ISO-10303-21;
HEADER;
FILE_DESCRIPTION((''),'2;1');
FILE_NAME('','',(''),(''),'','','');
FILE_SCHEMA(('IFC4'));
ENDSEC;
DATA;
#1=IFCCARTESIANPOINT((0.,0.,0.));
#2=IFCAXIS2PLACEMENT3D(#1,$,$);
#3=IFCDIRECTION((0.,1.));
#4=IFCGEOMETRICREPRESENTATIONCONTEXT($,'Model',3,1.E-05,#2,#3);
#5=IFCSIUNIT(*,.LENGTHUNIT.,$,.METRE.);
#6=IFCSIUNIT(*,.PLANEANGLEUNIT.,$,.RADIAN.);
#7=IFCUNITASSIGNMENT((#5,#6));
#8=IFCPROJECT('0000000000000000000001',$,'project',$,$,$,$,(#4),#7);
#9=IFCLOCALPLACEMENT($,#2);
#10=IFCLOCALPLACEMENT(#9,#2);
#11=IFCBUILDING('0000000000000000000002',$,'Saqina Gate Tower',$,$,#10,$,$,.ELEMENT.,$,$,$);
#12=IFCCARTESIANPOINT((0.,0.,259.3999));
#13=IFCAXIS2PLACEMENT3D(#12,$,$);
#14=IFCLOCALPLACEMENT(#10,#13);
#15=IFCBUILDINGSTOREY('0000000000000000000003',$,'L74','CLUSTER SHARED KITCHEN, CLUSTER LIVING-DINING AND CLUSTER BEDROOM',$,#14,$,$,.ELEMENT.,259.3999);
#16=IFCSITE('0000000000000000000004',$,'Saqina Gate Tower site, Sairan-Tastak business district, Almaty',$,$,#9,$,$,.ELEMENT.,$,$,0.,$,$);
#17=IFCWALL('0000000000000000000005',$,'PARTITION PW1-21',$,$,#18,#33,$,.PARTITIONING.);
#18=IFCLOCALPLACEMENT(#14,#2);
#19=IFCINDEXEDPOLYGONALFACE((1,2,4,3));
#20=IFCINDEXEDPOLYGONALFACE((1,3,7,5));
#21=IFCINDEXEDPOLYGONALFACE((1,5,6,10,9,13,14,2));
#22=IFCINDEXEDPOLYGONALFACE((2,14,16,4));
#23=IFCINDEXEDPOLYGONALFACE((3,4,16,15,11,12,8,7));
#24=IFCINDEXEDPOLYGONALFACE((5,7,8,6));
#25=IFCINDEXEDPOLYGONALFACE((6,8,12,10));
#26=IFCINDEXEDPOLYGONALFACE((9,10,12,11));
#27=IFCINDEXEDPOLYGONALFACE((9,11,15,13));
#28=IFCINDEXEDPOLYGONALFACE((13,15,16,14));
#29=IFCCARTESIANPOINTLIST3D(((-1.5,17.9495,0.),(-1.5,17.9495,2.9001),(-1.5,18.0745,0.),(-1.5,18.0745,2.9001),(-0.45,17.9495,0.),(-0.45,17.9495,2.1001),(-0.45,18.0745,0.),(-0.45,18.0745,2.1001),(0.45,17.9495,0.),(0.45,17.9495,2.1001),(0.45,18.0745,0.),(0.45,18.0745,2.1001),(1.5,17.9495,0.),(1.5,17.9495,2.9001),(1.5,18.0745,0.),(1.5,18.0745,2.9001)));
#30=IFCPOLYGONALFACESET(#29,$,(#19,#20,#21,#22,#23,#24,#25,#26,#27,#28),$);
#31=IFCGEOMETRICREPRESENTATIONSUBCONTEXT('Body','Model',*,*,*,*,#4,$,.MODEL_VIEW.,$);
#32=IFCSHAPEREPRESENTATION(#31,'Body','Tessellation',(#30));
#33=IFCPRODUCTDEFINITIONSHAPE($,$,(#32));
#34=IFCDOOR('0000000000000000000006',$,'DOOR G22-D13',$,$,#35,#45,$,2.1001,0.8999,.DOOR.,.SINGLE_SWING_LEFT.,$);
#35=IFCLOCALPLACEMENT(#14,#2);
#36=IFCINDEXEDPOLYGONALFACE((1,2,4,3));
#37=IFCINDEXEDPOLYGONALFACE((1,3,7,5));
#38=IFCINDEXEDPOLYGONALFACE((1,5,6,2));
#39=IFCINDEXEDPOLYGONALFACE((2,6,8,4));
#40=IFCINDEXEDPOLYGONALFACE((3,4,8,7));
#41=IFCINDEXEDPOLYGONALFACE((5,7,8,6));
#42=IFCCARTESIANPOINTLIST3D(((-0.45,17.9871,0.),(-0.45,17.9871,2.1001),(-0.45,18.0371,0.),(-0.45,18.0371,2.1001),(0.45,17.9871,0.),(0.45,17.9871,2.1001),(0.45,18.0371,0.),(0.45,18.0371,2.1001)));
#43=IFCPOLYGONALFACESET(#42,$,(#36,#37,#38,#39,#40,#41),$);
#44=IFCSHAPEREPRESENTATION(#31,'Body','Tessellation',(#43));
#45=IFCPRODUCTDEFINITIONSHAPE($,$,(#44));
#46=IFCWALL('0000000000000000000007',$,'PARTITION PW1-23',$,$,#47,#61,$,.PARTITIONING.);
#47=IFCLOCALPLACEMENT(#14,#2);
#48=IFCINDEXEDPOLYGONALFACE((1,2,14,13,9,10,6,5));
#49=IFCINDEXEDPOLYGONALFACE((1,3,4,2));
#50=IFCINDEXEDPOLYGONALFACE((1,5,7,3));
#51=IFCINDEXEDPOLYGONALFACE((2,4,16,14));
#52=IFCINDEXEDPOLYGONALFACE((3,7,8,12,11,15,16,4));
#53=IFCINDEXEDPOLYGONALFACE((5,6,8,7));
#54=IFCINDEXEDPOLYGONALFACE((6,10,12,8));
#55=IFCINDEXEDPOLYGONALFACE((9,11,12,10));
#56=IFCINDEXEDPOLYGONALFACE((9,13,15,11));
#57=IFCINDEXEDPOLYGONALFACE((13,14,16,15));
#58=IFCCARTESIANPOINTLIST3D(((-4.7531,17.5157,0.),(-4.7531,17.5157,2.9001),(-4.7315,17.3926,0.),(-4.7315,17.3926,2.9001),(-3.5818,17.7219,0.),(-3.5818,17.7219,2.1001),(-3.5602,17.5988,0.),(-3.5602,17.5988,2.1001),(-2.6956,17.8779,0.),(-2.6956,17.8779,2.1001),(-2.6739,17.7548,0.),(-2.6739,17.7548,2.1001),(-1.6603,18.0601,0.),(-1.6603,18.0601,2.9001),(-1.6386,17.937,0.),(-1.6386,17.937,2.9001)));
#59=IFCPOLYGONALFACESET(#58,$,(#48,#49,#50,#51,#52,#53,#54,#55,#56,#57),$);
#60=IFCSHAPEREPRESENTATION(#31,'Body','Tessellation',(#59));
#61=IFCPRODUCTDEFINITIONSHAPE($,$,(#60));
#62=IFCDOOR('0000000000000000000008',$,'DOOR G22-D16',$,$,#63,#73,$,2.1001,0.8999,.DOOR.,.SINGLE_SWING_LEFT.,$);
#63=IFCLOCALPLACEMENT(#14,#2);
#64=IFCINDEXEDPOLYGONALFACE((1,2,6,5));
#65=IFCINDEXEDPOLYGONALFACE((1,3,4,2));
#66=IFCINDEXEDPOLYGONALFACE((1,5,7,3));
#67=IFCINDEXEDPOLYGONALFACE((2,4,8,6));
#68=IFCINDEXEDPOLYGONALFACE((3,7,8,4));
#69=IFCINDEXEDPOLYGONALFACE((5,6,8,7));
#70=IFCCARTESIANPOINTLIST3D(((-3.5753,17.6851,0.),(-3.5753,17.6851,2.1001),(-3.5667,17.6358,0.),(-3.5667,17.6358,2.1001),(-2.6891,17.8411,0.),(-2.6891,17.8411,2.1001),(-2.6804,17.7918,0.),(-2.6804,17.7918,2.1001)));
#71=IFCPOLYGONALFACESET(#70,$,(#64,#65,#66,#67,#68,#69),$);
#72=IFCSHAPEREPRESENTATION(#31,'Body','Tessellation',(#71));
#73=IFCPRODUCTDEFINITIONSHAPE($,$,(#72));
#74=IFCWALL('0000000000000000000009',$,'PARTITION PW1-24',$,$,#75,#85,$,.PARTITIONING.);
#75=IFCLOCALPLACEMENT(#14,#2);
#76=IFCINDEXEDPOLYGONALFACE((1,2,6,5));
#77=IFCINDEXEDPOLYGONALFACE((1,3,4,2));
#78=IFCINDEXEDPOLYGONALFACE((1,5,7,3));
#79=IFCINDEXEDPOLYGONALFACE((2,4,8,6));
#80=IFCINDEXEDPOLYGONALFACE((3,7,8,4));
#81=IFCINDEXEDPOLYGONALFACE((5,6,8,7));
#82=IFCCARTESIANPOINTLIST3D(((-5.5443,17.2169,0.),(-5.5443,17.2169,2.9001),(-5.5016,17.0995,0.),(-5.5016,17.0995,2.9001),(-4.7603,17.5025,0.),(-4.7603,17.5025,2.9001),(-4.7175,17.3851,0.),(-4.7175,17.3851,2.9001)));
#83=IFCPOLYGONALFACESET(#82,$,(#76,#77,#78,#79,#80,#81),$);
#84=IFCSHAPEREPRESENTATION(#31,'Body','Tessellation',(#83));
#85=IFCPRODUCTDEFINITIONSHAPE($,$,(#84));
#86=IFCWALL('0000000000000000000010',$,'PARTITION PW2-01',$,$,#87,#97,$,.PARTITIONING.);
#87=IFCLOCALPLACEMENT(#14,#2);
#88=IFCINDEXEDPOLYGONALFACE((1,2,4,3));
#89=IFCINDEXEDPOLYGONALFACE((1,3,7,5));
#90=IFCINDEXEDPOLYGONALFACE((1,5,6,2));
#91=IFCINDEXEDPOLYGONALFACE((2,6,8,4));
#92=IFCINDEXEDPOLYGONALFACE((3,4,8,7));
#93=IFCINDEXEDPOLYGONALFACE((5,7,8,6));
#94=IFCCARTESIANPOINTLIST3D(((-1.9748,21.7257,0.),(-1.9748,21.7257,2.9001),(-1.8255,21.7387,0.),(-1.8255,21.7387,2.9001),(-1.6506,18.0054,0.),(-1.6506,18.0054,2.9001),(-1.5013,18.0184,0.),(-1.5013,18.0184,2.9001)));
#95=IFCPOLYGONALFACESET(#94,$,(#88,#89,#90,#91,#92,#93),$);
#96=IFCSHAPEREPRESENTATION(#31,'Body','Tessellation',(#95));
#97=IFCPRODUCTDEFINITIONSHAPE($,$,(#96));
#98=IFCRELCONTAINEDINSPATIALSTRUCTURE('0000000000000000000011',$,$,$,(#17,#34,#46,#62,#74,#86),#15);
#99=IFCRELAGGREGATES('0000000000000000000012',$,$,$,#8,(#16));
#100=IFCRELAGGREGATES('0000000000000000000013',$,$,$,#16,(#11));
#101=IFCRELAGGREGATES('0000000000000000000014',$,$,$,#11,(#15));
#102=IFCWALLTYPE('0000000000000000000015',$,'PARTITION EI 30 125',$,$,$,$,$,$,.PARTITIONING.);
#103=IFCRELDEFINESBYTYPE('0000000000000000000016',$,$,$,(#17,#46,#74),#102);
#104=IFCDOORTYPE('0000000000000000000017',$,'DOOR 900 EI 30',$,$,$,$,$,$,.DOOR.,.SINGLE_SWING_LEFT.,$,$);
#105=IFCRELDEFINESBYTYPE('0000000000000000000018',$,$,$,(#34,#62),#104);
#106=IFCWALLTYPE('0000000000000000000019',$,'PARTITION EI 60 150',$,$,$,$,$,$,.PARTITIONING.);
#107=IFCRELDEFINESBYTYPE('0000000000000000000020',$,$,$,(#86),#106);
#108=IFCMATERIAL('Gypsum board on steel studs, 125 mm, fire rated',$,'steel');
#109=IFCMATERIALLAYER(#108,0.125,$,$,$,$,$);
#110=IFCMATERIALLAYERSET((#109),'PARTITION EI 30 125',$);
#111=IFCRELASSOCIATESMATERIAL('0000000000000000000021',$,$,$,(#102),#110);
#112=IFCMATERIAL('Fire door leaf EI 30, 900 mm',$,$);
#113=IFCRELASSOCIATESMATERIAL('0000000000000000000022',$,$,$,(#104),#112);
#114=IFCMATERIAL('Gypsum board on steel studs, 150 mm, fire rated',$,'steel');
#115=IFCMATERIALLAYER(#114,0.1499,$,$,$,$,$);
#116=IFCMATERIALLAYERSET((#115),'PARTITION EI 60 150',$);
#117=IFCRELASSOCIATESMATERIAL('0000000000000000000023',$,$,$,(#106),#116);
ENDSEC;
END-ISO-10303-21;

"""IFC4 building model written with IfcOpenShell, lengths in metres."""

from ifc_helpers import new_model, si_unit, direction, frame, frame_2d, origin, place, context, subcontext, project, spatial, rectangle, extrude, material, layer, layer_set, type_object, element, fill, save


model = new_model("IFC4")

# Units and contexts
model_context = context("Model", 3, precision=1e-05, world=origin(), true_north=direction((0.0, 1.0)))
body_context = subcontext(model_context, "Body", "Model", "MODEL_VIEW")
ifc_project = project(units=[si_unit("LENGTHUNIT", "METRE"), si_unit("PLANEANGLEUNIT", "RADIAN")], contexts=[model_context])

# Site, building, storey
site_placement = place(None, origin())
site = spatial("IfcSite", under=ifc_project, at=site_placement, Name="Saqina Gate Tower site, Sairan-Tastak business district, Almaty", CompositionType="ELEMENT", RefElevation=0.0)
building_placement = place(site_placement, origin())
building = spatial("IfcBuilding", under=site, at=building_placement, Name="Saqina Gate Tower", CompositionType="ELEMENT")
storey_placement = place(building_placement, frame((0.0, 0.0, 259.3999)))
storey = spatial("IfcBuildingStorey", under=building, at=storey_placement, Name="L74", Description="CLUSTER SHARED KITCHEN, CLUSTER LIVING-DINING AND CLUSTER BEDROOM", CompositionType="ELEMENT", Elevation=259.3999)

# Walls, openings, doors
ifc_material_1 = material(Name="Gypsum board on steel studs, 125 mm, fire rated", Category="steel")
ifc_layer_1 = layer(ifc_material_1, 0.125)
ifc_layer_set_1 = layer_set([ifc_layer_1], Name="PARTITION EI 30 125")
wall_type_1 = type_object("IfcWallType", Name="PARTITION EI 30 125", PredefinedType="PARTITIONING", material=ifc_layer_set_1)
wall_1_placement = place(storey_placement, frame((-1.5, 18.012, 0.0), z_axis=(0.0, 0.0, 1.0), x_axis=(1.0, 0.0, 0.0)))
wall_1 = element("IfcWall", 1, at=wall_1_placement, inside=storey, type_object=wall_type_1, Name="PARTITION PW1-21", PredefinedType="PARTITIONING", context=body_context, shape_type="SweptSolid", body=[
    extrude(rectangle(XDim=3.0, YDim=0.125, at=frame_2d((1.5, 0.0))), origin(), (0.0, 0.0, 1.0), 2.9001),
])
opening_1_placement = place(wall_1_placement, frame((1.05, 0.0, 0.0)))
opening_1 = element("IfcOpeningElement", 2, at=opening_1_placement, cuts=wall_1, PredefinedType="OPENING", context=body_context, shape_type="SweptSolid", body=[
    extrude(rectangle(XDim=0.8999, YDim=2.1001, at=frame_2d((0.45, 1.05))), frame((0.0, 0.0745, 0.0), z_axis=(0.0, -1.0, 0.0), x_axis=(1.0, 0.0, 0.0)), (0.0, 0.0, 1.0), 0.1489),
])
ifc_material_2 = material(Name="Fire door leaf EI 30, 900 mm")
door_type_1 = type_object("IfcDoorType", Name="DOOR 900 EI 30", OperationType="SINGLE_SWING_LEFT", PredefinedType="DOOR", material=ifc_material_2)
door_1_placement = place(opening_1_placement, frame((0.8999, 0.0, 0.0), z_axis=(0.0, 0.0, 1.0), x_axis=(-1.0, 0.0, 0.0)))
door_1 = element("IfcDoor", 3, at=door_1_placement, inside=storey, type_object=door_type_1, Name="DOOR G22-D13", OperationType="SINGLE_SWING_LEFT", OverallHeight=2.1001, OverallWidth=0.8999, PredefinedType="DOOR", context=body_context, shape_type="SweptSolid", body=[
    extrude(rectangle(XDim=0.8999, YDim=2.1001, at=frame_2d((0.45, 1.05))), frame((0.0, 0.0249, 0.0), z_axis=(0.0, -1.0, 0.0), x_axis=(1.0, 0.0, 0.0)), (0.0, 0.0, 1.0), 0.05),
])
fill(opening_1, door_1)
wall_2_placement = place(storey_placement, frame((-4.7424, 17.4541, 0.0), z_axis=(0.0, 0.0, 1.0), x_axis=(0.984857, 0.173368, 0.0)))
wall_2 = element("IfcWall", 4, at=wall_2_placement, inside=storey, type_object=wall_type_1, Name="PARTITION PW1-23", PredefinedType="PARTITIONING", context=body_context, shape_type="SweptSolid", body=[
    extrude(rectangle(XDim=3.1404, YDim=0.125, at=frame_2d((1.5703, 0.0))), origin(), (0.0, 0.0, 1.0), 2.9001),
])
opening_2_placement = place(wall_2_placement, frame((1.1895, 0.0, 0.0)))
opening_2 = element("IfcOpeningElement", 5, at=opening_2_placement, cuts=wall_2, PredefinedType="OPENING", context=body_context, shape_type="SweptSolid", body=[
    extrude(rectangle(XDim=0.8999, YDim=2.1001, at=frame_2d((0.45, 1.05))), frame((0.0, 0.0745, 0.0), z_axis=(0.0, -1.0, 0.0), x_axis=(1.0, 0.0, 0.0)), (0.0, 0.0, 1.0), 0.1489),
])
door_2_placement = place(opening_2_placement, frame((0.8999, 0.0, 0.0), z_axis=(0.0, 0.0, 1.0), x_axis=(-1.0, 0.0, 0.0)))
door_2 = element("IfcDoor", 6, at=door_2_placement, inside=storey, type_object=door_type_1, Name="DOOR G22-D16", OperationType="SINGLE_SWING_LEFT", OverallHeight=2.1001, OverallWidth=0.8999, PredefinedType="DOOR", context=body_context, shape_type="SweptSolid", body=[
    extrude(rectangle(XDim=0.8999, YDim=2.1001, at=frame_2d((0.45, 1.05))), frame((0.0, 0.0249, 0.0), z_axis=(0.0, -1.0, 0.0), x_axis=(1.0, 0.0, 0.0)), (0.0, 0.0, 1.0), 0.05),
])
fill(opening_2, door_2)

# Walls
wall_3_placement = place(storey_placement, frame((-5.5229, 17.1582, 0.0), z_axis=(0.0, 0.0, 1.0), x_axis=(0.939605, 0.34226, 0.0)))
element("IfcWall", 7, at=wall_3_placement, inside=storey, type_object=wall_type_1, Name="PARTITION PW1-24", PredefinedType="PARTITIONING", context=body_context, shape_type="SweptSolid", body=[
    extrude(rectangle(XDim=0.8345, YDim=0.125, at=frame_2d((0.4172, 0.0))), origin(), (0.0, 0.0, 1.0), 2.9001),
])
ifc_material_3 = material(Name="Gypsum board on steel studs, 150 mm, fire rated", Category="steel")
ifc_layer_2 = layer(ifc_material_3, 0.1499)
ifc_layer_set_2 = layer_set([ifc_layer_2], Name="PARTITION EI 60 150")
wall_type_2 = type_object("IfcWallType", Name="PARTITION EI 60 150", PredefinedType="PARTITIONING", material=ifc_layer_set_2)
wall_4_placement = place(storey_placement, frame((-1.9001, 21.7322, 0.0), z_axis=(0.0, 0.0, 1.0), x_axis=(0.086821, -0.996224, 0.0)))
element("IfcWall", 8, at=wall_4_placement, inside=storey, type_object=wall_type_2, Name="PARTITION PW2-01", PredefinedType="PARTITIONING", context=body_context, shape_type="SweptSolid", body=[
    extrude(rectangle(XDim=3.7344, YDim=0.1499, at=frame_2d((1.8672, 0.0))), origin(), (0.0, 0.0, 1.0), 2.9001),
])

save(model, "model.ifc")
